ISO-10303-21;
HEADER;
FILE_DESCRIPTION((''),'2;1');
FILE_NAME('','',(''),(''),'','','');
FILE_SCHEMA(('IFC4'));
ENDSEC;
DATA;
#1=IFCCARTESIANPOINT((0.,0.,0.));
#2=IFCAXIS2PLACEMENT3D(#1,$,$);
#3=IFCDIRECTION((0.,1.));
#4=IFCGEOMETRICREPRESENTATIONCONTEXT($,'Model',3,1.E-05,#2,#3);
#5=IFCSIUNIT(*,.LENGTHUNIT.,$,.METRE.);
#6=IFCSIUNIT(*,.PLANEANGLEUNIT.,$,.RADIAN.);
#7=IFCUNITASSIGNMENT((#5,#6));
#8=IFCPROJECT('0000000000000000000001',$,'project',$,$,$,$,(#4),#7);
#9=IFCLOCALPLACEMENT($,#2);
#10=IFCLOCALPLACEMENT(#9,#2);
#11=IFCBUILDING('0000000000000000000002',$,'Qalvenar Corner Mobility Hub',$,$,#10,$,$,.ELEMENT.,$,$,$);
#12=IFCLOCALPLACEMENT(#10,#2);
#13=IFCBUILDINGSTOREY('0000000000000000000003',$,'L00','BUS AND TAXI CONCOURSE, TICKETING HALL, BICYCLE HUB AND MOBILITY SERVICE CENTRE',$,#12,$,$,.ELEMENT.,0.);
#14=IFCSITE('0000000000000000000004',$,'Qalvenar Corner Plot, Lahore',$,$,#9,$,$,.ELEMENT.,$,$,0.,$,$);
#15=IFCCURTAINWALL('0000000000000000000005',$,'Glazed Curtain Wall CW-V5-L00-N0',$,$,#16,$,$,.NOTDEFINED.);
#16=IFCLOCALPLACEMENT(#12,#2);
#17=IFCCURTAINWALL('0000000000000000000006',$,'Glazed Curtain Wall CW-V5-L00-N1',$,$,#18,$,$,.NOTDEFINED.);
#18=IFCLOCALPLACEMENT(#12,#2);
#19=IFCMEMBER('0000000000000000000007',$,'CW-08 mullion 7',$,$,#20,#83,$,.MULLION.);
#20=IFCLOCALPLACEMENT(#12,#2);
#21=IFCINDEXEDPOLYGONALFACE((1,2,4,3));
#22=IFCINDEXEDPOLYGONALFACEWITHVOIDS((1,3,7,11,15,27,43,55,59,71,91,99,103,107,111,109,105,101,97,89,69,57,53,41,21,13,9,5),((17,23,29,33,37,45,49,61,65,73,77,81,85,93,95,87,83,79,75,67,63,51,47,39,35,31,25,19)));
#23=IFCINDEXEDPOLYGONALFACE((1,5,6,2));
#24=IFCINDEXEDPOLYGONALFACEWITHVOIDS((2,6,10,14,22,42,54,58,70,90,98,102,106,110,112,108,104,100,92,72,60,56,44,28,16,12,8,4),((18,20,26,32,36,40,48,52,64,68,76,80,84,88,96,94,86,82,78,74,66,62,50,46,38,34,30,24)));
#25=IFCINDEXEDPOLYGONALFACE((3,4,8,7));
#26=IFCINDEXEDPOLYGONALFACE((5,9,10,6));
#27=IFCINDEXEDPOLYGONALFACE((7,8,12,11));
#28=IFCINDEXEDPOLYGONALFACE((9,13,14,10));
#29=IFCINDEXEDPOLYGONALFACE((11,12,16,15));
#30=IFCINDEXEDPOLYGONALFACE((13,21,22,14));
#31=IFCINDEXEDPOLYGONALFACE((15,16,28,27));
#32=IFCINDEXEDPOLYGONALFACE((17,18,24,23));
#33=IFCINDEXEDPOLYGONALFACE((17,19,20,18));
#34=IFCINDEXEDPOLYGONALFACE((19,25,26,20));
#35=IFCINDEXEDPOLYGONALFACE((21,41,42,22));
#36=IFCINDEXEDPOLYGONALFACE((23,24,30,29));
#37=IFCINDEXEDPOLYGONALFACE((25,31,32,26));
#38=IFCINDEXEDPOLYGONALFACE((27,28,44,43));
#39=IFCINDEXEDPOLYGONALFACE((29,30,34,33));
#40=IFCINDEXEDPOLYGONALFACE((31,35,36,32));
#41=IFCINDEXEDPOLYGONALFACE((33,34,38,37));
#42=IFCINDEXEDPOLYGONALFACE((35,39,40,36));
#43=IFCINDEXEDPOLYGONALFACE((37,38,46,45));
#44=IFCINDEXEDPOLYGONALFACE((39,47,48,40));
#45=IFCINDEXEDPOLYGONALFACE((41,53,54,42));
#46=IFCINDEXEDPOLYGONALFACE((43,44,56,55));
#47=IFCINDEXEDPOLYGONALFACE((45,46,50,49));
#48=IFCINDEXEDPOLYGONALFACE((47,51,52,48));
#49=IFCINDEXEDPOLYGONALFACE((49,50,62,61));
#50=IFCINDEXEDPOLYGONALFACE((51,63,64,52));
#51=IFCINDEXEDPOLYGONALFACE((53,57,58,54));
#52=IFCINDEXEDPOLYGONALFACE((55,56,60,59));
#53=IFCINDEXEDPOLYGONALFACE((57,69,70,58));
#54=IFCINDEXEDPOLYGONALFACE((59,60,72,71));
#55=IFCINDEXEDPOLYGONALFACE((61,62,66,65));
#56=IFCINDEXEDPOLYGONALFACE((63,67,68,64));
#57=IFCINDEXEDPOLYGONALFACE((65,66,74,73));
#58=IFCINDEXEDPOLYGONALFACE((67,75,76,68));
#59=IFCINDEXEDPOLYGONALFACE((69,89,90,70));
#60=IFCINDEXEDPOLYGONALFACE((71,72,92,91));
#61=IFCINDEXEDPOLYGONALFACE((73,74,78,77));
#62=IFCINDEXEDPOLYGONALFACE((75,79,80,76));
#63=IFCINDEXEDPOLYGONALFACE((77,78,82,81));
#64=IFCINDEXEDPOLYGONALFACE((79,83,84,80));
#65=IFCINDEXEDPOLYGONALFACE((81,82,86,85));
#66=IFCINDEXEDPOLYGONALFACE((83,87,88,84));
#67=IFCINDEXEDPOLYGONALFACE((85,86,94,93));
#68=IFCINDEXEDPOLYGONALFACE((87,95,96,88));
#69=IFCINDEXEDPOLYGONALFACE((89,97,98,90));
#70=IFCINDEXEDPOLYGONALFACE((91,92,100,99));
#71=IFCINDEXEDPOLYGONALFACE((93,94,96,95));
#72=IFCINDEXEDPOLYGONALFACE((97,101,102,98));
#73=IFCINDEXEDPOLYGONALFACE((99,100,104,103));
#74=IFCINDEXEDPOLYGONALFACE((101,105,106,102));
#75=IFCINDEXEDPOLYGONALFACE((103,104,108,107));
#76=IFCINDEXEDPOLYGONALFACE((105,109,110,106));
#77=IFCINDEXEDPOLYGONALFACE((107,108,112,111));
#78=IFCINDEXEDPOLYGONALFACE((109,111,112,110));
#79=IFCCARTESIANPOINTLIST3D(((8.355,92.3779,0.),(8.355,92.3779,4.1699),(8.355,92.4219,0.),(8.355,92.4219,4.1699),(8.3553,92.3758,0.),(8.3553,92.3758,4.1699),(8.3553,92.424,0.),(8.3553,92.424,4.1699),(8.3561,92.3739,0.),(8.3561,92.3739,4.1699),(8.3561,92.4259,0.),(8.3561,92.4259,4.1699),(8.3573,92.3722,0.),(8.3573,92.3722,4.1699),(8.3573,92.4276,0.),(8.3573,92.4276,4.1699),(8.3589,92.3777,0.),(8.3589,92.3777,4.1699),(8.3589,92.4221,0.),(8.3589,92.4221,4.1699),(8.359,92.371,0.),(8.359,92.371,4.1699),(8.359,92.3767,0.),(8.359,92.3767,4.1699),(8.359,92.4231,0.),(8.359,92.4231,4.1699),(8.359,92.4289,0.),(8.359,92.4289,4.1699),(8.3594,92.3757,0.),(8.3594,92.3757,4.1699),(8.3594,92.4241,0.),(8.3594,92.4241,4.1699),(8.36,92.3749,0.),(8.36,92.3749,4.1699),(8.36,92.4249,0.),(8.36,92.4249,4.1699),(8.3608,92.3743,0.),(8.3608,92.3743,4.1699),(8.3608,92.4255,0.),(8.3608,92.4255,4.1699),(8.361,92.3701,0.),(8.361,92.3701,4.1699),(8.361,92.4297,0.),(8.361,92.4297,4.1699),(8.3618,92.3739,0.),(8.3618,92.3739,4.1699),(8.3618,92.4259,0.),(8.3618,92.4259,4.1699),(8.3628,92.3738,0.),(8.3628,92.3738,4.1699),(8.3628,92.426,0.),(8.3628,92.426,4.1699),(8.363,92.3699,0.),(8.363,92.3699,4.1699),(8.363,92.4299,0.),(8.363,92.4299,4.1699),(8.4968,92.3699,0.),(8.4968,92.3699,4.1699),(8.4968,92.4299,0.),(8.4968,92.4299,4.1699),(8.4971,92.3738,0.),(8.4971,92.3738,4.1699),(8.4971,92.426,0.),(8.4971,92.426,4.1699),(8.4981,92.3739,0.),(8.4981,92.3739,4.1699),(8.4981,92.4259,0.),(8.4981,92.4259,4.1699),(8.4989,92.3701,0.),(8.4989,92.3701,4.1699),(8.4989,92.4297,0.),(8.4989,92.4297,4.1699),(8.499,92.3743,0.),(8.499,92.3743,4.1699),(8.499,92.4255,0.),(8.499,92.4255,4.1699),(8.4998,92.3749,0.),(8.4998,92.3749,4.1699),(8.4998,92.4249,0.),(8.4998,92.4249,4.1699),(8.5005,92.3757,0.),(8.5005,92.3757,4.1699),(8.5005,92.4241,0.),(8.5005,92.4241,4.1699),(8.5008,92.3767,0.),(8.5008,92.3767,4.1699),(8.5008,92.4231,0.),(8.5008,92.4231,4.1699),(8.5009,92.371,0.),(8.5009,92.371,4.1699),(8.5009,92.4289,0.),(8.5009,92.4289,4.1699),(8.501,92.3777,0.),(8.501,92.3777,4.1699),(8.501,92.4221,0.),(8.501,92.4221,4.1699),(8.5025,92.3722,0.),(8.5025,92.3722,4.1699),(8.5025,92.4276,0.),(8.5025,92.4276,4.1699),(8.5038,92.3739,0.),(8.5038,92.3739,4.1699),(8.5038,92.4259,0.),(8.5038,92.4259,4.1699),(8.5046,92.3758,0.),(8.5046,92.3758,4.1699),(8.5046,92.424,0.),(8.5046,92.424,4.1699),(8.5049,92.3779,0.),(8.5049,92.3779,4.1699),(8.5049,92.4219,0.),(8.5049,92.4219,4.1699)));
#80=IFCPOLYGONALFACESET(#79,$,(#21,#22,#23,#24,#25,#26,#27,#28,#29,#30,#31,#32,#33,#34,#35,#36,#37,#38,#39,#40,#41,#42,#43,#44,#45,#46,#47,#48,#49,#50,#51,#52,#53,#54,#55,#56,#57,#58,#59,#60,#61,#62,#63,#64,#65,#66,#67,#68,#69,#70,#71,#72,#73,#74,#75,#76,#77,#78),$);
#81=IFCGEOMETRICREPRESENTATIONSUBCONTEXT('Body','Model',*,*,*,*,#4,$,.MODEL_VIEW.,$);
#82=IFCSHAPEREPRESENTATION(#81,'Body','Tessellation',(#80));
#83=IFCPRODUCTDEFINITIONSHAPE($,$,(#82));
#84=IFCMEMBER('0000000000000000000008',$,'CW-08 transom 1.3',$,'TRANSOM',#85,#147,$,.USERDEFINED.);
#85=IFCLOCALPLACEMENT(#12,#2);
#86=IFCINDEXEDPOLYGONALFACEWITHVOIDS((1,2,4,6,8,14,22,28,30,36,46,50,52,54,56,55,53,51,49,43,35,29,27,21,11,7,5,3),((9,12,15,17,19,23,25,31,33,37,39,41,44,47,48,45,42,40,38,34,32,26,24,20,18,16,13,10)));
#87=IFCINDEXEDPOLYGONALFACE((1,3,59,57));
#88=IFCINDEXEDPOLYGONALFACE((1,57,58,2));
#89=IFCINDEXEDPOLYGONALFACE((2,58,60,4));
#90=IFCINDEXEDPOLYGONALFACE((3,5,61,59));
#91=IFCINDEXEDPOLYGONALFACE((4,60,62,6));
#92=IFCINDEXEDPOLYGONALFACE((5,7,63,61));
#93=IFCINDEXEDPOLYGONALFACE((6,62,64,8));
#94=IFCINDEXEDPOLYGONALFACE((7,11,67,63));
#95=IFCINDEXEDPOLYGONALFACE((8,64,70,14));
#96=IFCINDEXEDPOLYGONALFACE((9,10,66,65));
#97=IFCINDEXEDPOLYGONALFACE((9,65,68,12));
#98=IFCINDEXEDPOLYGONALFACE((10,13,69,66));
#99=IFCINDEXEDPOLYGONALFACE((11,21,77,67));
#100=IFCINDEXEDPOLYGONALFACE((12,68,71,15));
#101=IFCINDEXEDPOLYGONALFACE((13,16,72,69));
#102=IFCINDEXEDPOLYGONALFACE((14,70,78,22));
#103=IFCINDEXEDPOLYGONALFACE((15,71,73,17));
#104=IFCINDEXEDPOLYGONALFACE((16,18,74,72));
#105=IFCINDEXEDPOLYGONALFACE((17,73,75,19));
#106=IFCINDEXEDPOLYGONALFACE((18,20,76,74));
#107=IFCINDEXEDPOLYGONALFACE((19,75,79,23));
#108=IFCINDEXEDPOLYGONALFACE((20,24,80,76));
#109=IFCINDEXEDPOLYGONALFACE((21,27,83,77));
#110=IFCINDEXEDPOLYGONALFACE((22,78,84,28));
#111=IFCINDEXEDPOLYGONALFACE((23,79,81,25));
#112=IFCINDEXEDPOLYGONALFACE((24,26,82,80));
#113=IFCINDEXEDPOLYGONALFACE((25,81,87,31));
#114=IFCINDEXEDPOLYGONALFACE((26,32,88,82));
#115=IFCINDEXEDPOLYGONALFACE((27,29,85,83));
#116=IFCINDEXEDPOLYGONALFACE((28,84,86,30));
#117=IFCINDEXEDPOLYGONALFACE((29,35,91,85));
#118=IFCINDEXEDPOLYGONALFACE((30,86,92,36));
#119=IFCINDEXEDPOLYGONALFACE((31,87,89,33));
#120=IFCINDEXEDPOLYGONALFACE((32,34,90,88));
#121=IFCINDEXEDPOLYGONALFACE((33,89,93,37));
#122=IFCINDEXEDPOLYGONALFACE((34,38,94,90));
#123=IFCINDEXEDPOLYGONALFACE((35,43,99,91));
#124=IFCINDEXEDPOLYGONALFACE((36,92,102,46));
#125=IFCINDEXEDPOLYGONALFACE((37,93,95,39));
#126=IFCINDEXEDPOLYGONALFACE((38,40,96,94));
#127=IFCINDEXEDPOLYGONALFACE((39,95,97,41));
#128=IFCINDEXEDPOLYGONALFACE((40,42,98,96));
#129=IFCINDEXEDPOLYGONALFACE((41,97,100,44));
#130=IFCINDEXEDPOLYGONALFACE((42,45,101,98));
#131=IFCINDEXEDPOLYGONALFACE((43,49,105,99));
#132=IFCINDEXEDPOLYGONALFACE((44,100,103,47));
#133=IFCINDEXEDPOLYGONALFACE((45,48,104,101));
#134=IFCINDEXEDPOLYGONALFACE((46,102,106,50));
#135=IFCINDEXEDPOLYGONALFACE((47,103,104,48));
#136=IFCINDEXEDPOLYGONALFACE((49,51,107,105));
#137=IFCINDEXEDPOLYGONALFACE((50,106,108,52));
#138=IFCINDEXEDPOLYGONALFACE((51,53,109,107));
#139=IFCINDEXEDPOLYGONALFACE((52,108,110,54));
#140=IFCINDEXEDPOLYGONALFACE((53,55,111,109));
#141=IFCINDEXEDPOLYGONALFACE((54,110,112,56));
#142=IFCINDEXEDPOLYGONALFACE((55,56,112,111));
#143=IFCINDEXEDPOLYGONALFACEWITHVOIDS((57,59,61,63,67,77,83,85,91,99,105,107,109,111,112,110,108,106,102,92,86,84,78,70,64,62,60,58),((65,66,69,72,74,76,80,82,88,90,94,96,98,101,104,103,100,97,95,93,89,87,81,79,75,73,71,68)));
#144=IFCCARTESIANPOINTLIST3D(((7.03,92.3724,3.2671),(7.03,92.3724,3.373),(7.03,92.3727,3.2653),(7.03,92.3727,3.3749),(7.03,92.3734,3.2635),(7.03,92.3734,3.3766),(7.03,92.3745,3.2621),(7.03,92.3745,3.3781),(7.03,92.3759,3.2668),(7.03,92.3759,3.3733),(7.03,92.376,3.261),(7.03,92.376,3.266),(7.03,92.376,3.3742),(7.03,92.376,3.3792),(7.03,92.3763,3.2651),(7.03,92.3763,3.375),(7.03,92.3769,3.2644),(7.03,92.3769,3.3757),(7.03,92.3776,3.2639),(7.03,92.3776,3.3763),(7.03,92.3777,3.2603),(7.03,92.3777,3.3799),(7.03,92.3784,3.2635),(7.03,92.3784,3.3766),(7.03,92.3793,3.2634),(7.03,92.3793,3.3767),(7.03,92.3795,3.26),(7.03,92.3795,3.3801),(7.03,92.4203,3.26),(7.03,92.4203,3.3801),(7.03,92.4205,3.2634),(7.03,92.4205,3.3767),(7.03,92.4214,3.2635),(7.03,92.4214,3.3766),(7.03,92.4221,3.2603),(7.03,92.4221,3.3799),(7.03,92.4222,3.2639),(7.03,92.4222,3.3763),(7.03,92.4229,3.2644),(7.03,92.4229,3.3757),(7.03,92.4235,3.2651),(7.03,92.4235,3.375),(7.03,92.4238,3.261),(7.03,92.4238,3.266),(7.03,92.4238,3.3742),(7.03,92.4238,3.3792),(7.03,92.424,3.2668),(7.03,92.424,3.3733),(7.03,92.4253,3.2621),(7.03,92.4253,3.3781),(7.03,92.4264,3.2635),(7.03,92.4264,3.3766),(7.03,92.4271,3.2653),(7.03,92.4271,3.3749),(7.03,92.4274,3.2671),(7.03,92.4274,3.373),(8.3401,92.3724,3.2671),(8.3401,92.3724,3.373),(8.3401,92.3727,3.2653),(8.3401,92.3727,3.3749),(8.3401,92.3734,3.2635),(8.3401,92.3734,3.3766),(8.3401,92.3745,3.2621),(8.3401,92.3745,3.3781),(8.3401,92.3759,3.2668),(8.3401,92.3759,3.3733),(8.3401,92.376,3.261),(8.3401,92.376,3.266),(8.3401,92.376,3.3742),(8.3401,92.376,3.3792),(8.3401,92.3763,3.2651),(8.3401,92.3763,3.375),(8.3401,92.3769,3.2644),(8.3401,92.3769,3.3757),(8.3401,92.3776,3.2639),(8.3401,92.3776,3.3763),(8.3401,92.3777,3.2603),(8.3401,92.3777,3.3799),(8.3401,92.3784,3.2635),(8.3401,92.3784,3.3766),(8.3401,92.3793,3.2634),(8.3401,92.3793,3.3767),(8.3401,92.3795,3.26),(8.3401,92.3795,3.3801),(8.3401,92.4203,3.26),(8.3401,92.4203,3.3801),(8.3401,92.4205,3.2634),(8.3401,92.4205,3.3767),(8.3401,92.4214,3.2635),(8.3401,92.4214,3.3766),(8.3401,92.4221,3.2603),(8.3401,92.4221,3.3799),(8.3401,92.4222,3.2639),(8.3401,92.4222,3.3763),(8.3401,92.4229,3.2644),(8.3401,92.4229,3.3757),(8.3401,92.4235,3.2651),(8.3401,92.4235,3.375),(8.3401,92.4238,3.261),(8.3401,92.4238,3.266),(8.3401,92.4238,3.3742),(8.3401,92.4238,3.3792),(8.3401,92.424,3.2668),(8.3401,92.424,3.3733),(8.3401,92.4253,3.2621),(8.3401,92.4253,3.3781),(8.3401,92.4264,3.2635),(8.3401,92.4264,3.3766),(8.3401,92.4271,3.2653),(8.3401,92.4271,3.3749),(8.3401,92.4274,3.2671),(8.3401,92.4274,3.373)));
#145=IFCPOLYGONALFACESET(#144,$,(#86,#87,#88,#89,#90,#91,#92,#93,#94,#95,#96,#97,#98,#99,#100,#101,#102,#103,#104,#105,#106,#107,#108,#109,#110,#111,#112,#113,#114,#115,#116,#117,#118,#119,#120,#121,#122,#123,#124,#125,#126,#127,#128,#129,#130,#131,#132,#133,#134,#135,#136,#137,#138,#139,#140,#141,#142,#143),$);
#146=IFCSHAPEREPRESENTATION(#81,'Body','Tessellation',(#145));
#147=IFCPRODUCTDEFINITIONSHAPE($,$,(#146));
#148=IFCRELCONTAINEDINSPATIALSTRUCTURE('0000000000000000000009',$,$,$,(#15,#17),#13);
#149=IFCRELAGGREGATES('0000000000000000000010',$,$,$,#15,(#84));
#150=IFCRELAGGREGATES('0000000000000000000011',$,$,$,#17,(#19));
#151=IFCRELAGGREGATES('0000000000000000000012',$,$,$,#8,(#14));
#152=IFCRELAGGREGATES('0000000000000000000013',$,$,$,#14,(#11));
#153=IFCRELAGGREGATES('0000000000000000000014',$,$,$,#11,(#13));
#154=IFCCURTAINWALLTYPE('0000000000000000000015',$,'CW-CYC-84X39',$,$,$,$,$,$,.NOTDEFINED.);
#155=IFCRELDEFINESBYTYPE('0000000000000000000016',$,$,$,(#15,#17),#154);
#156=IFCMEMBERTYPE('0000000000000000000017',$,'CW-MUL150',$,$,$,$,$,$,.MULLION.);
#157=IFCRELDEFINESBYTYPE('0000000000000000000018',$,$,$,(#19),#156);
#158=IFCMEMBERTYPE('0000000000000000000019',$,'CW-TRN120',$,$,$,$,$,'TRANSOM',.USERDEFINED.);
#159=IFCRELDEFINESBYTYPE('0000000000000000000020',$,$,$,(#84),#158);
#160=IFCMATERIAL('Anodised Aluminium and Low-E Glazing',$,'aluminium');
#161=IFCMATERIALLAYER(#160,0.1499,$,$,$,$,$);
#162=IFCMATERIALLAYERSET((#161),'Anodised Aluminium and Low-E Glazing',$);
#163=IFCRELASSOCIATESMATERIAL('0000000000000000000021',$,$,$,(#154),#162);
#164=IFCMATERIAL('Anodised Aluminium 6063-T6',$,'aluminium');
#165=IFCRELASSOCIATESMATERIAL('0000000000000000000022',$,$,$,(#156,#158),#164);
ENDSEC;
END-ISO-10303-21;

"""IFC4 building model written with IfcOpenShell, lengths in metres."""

from ifc_helpers import new_model, si_unit, direction, frame, origin, origin_2d, place, context, subcontext, project, spatial, hollow_rectangle, extrude, material, layer, layer_set, material_profile, profile_set, type_object, element, aggregate, save


model = new_model("IFC4")

# Units and contexts
model_context = context("Model", 3, precision=1e-05, world=origin(), true_north=direction((0.0, 1.0)))
body_context = subcontext(model_context, "Body", "Model", "MODEL_VIEW")
ifc_project = project(units=[si_unit("LENGTHUNIT", "METRE"), si_unit("PLANEANGLEUNIT", "RADIAN")], contexts=[model_context])

# Site, building, storey
site_placement = place(None, origin())
site = spatial("IfcSite", under=ifc_project, at=site_placement, Name="Qalvenar Corner Plot, Lahore", CompositionType="ELEMENT", RefElevation=0.0)
building_placement = place(site_placement, origin())
building = spatial("IfcBuilding", under=site, at=building_placement, Name="Qalvenar Corner Mobility Hub", CompositionType="ELEMENT")
storey_placement = place(building_placement, origin())
storey = spatial("IfcBuildingStorey", under=building, at=storey_placement, Name="L00", Description="BUS AND TAXI CONCOURSE, TICKETING HALL, BICYCLE HUB AND MOBILITY SERVICE CENTRE", CompositionType="ELEMENT", Elevation=0.0)

# Curtain wall
ifc_material_1 = material(Name="Anodised Aluminium and Low-E Glazing", Category="aluminium")
ifc_layer_1 = layer(ifc_material_1, 0.1499)
ifc_layer_set_1 = layer_set([ifc_layer_1], Name="Anodised Aluminium and Low-E Glazing")
curtain_wall_type = type_object("IfcCurtainWallType", Name="CW-CYC-84X39", PredefinedType="NOTDEFINED", material=ifc_layer_set_1)
curtain_wall_1_placement = place(storey_placement, origin())
curtain_wall_1 = element("IfcCurtainWall", 1, at=curtain_wall_1_placement, inside=storey, type_object=curtain_wall_type, Name="Glazed Curtain Wall CW-V5-L00-N0", PredefinedType="NOTDEFINED")
ifc_material_2 = material(Name="Anodised Aluminium 6063-T6", Category="aluminium")
ifc_material_profile_1 = material_profile(ifc_material_2, hollow_rectangle(XDim=0.0601, YDim=0.1499, WallThickness=0.0039, InnerFilletRadius=0.0039, OuterFilletRadius=0.0081, at=origin_2d()), Name="RHS150x60x4")
ifc_profile_set_1 = profile_set([ifc_material_profile_1], Name="Anodised Aluminium 6063-T6")
member_type_1 = type_object("IfcMemberType", Name="CW-MUL150", PredefinedType="MULLION", material=ifc_profile_set_1)

# Curtain wall, member
curtain_wall_2_placement = place(storey_placement, origin())
curtain_wall_2 = element("IfcCurtainWall", 2, at=curtain_wall_2_placement, inside=storey, type_object=curtain_wall_type, Name="Glazed Curtain Wall CW-V5-L00-N1", PredefinedType="NOTDEFINED")
member_1_placement = place(storey_placement, frame((8.4299, 92.3999, 0.0), z_axis=(0.0, 0.0, 1.0), x_axis=(0.0, -1.0, 0.0)))
member_1 = element("IfcMember", 3, at=member_1_placement, type_object=member_type_1, Name="CW-08 mullion 7", PredefinedType="MULLION", context=body_context, shape_type="SweptSolid", body=[
    extrude(hollow_rectangle(XDim=0.0601, YDim=0.1499, WallThickness=0.0039, InnerFilletRadius=0.0039, OuterFilletRadius=0.0081, at=origin_2d()), origin(), (0.0, 0.0, 1.0), 4.1699),
])

# Member
ifc_material_profile_2 = material_profile(ifc_material_2, hollow_rectangle(XDim=0.0549, YDim=0.1201, WallThickness=0.0034, InnerFilletRadius=0.0034, OuterFilletRadius=0.0071, at=origin_2d()), Name="RHS120x55x3.5")
ifc_profile_set_2 = profile_set([ifc_material_profile_2], Name="Anodised Aluminium 6063-T6")
member_type_2 = type_object("IfcMemberType", Name="CW-TRN120", ElementType="TRANSOM", PredefinedType="USERDEFINED", material=ifc_profile_set_2)
member_2_placement = place(storey_placement, frame((8.3401, 92.3999, 3.3201), z_axis=(-1.0, 0.0, 0.0), x_axis=(0.0, -1.0, 0.0)))
member_2 = element("IfcMember", 4, at=member_2_placement, type_object=member_type_2, Name="CW-08 transom 1.3", ObjectType="TRANSOM", PredefinedType="USERDEFINED", context=body_context, shape_type="SweptSolid", body=[
    extrude(hollow_rectangle(XDim=0.0549, YDim=0.1201, WallThickness=0.0034, InnerFilletRadius=0.0034, OuterFilletRadius=0.0071, at=origin_2d()), origin(), (0.0, 0.0, 1.0), 1.3101),
])
aggregate(curtain_wall_1, [member_2])

aggregate(curtain_wall_2, [member_1])

save(model, "model.ifc")
